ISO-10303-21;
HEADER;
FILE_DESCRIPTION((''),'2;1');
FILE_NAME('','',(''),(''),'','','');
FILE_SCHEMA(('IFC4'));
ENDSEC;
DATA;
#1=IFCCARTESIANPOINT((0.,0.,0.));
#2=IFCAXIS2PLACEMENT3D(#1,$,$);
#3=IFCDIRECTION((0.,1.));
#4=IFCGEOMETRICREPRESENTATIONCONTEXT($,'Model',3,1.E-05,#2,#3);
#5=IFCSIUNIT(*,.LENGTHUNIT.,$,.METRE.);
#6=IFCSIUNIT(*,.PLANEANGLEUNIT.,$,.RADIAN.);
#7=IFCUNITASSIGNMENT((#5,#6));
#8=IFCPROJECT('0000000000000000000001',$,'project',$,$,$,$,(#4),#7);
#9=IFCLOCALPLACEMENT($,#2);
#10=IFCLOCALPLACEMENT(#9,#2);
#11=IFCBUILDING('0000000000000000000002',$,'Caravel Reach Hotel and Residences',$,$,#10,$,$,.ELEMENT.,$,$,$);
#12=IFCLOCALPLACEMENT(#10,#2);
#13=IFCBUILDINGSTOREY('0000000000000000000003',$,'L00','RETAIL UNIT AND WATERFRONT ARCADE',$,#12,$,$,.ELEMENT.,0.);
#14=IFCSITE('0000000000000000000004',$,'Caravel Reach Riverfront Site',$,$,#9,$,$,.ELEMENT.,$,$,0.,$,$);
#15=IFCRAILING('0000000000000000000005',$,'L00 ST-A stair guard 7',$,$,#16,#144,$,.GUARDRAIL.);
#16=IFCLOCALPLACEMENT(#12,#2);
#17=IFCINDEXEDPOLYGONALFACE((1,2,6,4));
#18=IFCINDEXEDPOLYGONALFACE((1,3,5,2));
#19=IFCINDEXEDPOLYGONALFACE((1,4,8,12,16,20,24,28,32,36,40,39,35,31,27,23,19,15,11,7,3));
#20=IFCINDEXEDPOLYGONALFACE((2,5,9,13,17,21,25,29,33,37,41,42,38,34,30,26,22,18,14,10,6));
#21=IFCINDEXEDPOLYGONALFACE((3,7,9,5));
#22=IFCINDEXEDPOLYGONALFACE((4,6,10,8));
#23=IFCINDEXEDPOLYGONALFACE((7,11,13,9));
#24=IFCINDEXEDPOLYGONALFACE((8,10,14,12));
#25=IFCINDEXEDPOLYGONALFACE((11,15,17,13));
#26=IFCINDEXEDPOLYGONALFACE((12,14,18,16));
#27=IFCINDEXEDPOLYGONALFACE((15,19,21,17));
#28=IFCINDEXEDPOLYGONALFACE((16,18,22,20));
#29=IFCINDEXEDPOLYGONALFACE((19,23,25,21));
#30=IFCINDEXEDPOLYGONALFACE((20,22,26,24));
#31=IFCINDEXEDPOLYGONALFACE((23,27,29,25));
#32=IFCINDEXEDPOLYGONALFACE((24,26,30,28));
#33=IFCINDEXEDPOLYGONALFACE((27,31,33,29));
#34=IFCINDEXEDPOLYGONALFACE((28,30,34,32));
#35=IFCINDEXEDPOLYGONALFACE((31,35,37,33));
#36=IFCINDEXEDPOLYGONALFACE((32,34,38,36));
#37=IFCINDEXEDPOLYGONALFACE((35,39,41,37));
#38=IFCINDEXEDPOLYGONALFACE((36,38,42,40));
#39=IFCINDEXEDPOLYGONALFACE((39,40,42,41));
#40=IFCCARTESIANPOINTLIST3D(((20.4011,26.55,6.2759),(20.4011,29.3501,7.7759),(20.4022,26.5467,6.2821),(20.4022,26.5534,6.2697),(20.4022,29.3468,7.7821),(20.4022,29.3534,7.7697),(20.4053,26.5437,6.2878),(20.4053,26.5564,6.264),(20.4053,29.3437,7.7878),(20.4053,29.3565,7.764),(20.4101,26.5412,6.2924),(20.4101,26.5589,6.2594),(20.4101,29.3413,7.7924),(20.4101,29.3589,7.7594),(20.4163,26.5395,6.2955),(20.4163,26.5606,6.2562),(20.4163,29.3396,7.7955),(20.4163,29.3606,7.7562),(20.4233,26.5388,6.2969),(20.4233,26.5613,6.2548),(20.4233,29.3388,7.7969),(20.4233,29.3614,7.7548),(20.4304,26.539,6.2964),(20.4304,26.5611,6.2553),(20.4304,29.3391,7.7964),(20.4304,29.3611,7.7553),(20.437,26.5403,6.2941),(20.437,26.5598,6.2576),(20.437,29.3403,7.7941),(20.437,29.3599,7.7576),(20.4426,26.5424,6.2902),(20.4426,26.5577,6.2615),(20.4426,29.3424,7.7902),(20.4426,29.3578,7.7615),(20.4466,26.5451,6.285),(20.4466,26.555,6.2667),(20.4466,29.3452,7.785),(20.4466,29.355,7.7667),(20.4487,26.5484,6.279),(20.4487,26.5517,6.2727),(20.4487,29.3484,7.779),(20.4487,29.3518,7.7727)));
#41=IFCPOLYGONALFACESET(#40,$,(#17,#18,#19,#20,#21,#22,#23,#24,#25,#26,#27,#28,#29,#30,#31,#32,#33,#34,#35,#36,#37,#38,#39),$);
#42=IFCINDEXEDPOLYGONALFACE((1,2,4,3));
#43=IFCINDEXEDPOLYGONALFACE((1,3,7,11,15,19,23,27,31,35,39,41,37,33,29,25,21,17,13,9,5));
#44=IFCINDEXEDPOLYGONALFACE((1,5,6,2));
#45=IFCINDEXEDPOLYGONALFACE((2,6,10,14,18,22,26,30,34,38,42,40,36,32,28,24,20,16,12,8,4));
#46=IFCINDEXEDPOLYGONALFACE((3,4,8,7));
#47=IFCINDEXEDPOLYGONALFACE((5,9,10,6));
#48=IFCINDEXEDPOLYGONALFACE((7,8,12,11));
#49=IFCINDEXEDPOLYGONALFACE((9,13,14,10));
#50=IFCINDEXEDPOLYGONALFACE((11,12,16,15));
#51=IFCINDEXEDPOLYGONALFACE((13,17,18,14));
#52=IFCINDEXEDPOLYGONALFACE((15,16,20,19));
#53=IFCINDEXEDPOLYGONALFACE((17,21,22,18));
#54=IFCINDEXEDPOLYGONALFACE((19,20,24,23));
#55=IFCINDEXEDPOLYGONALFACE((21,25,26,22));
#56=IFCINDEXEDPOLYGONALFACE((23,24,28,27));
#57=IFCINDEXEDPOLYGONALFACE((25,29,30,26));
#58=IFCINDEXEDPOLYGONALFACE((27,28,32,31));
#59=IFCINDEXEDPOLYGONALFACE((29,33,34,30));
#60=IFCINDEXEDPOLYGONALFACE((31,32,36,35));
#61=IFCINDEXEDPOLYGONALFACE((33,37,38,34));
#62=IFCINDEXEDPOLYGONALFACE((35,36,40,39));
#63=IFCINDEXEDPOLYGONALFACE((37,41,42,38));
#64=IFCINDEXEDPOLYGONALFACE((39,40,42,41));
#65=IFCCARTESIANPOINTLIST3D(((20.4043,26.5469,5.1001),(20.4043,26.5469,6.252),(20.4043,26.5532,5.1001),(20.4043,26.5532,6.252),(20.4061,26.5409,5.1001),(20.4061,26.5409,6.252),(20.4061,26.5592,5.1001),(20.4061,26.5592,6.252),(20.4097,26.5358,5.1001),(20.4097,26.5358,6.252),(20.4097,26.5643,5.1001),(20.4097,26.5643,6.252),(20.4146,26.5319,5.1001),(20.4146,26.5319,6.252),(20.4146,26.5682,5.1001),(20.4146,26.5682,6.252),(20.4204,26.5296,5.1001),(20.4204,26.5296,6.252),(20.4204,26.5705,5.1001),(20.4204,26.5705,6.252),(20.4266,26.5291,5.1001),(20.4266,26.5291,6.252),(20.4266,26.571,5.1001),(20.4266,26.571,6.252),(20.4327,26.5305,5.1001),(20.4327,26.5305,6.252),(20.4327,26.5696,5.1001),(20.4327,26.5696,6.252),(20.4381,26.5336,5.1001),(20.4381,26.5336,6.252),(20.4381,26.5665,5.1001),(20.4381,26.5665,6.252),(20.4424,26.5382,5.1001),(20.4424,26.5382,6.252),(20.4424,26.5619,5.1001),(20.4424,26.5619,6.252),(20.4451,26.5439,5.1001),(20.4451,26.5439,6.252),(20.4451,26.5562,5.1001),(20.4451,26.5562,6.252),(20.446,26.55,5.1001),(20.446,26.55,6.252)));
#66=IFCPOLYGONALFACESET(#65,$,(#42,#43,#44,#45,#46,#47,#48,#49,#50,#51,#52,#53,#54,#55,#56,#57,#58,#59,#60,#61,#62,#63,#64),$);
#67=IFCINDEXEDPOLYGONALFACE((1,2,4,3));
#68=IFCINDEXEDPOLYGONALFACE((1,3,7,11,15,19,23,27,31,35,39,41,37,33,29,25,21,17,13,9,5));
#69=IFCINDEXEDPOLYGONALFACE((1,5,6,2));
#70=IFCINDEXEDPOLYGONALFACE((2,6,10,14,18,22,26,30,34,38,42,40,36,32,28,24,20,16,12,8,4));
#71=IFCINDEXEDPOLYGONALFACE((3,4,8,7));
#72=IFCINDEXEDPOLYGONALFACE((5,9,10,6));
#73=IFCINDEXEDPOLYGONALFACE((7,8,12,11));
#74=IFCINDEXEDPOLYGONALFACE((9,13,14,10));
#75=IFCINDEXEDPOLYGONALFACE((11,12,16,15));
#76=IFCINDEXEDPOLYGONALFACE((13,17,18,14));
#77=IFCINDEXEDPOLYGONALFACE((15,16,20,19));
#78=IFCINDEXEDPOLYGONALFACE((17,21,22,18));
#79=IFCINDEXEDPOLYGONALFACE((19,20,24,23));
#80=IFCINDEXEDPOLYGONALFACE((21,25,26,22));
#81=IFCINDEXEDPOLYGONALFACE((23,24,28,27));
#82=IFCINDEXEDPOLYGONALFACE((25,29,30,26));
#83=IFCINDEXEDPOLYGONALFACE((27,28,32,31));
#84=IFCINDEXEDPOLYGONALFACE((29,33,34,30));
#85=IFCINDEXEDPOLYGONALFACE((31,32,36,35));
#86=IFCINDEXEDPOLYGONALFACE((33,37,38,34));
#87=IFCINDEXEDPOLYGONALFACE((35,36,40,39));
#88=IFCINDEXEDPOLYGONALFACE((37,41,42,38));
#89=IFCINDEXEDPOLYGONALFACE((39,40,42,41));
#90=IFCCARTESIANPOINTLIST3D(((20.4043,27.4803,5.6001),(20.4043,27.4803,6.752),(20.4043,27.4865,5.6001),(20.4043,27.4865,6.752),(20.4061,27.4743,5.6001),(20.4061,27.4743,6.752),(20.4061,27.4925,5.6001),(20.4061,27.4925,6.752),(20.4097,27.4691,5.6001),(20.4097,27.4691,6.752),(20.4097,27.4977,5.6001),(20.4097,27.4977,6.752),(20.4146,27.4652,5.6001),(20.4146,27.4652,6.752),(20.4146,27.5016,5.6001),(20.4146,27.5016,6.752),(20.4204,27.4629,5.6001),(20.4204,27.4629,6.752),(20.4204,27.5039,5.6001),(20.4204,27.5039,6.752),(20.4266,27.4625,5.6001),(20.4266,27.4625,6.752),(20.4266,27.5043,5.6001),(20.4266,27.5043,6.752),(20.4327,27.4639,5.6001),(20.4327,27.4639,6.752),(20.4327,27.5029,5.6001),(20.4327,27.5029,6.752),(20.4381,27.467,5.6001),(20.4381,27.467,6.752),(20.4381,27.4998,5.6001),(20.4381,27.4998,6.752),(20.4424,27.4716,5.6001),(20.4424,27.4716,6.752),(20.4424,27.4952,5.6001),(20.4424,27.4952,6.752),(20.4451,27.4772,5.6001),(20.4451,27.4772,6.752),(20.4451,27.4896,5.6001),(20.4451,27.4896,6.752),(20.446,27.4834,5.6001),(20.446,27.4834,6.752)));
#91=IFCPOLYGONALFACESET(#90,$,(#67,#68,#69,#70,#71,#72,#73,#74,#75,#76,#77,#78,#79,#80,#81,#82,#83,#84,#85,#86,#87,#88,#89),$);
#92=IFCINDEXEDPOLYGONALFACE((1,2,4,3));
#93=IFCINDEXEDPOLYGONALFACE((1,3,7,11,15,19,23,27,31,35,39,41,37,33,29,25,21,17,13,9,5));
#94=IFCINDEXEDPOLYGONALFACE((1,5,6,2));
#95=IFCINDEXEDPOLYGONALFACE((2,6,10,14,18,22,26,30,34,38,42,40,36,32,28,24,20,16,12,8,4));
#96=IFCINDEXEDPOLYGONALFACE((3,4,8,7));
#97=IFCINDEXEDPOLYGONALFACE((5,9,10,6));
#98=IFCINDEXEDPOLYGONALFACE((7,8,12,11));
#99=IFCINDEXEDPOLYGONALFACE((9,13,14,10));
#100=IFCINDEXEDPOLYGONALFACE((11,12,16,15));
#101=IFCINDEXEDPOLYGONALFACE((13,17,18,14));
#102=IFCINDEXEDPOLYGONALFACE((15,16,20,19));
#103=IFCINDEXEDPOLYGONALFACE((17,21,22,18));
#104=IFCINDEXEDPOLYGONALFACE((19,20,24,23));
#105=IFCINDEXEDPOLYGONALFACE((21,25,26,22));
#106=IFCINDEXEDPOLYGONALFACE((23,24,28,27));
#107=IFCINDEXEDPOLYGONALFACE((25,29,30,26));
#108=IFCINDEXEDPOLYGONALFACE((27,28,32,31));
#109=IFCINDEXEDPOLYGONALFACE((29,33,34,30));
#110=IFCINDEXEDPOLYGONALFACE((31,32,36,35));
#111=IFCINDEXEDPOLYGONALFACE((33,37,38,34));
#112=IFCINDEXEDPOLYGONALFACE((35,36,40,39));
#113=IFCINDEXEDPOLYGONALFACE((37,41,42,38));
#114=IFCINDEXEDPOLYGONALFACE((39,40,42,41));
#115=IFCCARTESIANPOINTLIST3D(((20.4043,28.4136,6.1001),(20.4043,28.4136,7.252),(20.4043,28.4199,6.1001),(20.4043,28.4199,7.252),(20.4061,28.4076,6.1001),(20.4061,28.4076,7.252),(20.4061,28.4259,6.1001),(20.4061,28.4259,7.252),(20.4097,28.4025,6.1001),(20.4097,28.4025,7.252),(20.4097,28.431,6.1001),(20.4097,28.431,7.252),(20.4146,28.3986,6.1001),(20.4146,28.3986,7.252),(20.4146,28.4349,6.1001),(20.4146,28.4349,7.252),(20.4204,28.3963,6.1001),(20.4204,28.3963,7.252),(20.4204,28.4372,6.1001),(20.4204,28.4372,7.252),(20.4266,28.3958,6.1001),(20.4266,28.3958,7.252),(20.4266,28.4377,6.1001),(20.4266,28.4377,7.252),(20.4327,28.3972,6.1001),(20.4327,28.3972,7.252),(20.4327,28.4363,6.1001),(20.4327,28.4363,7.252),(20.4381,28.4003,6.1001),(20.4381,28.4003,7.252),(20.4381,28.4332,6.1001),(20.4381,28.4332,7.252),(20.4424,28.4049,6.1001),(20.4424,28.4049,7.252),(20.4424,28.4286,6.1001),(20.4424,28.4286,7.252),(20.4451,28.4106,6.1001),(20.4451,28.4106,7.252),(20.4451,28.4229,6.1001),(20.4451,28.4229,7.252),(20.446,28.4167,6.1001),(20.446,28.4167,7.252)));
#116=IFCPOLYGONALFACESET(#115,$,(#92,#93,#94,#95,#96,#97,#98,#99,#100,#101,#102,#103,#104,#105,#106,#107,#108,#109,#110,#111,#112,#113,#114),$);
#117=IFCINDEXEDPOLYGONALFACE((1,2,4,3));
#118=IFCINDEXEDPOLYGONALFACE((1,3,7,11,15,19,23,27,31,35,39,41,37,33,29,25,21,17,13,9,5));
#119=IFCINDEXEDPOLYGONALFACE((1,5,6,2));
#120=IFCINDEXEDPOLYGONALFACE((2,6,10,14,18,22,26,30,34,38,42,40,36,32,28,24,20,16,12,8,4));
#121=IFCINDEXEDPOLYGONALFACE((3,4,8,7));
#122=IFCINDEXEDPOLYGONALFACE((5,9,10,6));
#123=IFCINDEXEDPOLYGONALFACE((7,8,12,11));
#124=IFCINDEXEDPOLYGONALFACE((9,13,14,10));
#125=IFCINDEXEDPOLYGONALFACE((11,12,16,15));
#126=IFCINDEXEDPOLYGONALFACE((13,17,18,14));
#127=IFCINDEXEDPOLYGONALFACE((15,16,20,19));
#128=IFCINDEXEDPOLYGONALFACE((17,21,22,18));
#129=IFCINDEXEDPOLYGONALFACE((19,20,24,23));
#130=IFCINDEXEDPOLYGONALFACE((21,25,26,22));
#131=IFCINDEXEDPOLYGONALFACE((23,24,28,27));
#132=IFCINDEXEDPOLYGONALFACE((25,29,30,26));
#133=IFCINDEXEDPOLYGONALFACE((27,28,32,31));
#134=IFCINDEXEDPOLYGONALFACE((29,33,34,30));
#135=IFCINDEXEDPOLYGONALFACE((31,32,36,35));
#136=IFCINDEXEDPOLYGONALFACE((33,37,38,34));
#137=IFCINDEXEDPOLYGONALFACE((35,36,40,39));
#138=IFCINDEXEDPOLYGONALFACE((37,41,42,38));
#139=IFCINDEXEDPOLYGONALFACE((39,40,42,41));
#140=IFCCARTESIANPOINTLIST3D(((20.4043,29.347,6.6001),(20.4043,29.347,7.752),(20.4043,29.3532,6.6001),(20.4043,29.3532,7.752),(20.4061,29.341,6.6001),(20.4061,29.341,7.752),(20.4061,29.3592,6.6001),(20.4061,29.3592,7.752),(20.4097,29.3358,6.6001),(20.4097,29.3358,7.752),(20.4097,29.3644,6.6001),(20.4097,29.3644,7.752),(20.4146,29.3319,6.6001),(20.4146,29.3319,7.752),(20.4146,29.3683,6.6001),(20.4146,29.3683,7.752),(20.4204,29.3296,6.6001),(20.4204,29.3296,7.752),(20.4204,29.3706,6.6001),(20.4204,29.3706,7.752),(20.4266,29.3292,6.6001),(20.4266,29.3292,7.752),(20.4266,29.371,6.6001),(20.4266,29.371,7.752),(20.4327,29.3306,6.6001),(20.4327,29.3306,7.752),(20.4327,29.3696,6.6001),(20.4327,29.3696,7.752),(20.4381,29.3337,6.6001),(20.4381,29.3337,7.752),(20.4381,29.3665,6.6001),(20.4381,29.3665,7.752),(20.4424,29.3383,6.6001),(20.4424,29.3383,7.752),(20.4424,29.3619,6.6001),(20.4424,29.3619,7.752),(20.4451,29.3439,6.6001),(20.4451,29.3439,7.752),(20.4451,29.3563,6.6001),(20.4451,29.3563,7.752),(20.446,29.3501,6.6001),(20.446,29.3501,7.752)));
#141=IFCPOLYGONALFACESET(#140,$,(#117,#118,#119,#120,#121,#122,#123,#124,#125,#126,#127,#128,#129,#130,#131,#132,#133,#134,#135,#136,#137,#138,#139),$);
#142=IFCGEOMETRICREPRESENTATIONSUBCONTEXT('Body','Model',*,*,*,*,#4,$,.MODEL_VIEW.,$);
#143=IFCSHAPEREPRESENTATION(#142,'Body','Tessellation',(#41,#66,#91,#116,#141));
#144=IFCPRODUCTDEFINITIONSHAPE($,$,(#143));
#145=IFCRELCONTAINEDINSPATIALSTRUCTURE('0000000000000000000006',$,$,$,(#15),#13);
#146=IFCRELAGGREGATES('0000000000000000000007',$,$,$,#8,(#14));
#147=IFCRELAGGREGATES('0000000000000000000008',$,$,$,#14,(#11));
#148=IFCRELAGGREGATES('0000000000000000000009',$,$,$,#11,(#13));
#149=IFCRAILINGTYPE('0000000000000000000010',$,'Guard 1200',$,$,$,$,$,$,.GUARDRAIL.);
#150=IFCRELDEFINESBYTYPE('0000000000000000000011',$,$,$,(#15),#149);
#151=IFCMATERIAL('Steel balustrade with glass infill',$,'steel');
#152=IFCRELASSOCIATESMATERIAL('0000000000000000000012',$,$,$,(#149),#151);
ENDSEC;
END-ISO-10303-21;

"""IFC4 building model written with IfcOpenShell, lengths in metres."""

from ifc_helpers import new_model, si_unit, direction, frame, origin, origin_2d, place, context, subcontext, project, spatial, circle, extrude, material, type_object, element, save


model = new_model("IFC4")

# Units and contexts
model_context = context("Model", 3, precision=1e-05, world=origin(), true_north=direction((0.0, 1.0)))
body_context = subcontext(model_context, "Body", "Model", "MODEL_VIEW")
ifc_project = project(units=[si_unit("LENGTHUNIT", "METRE"), si_unit("PLANEANGLEUNIT", "RADIAN")], contexts=[model_context])

# Site, building, storey
site_placement = place(None, origin())
site = spatial("IfcSite", under=ifc_project, at=site_placement, Name="Caravel Reach Riverfront Site", CompositionType="ELEMENT", RefElevation=0.0)
building_placement = place(site_placement, origin())
building = spatial("IfcBuilding", under=site, at=building_placement, Name="Caravel Reach Hotel and Residences", CompositionType="ELEMENT")
storey_placement = place(building_placement, origin())
storey = spatial("IfcBuildingStorey", under=building, at=storey_placement, Name="L00", Description="RETAIL UNIT AND WATERFRONT ARCADE", CompositionType="ELEMENT", Elevation=0.0)

# Railing
ifc_material_1 = material(Name="Steel balustrade with glass infill", Category="steel")
railing_type_1 = type_object("IfcRailingType", Name="Guard 1200", PredefinedType="GUARDRAIL", material=ifc_material_1)
for number, where, name in (
    (1, (20.425, 26.55, 5.1001), "L00 ST-A stair guard 7"),
):
    element("IfcRailing", number, at=place(storey_placement, frame(where)), inside=storey, type_object=railing_type_1, Name=name, PredefinedType="GUARDRAIL", context=body_context, shape_type="SweptSolid", body=[
        extrude(circle(Radius=0.0239, at=origin_2d()), frame((0.0, 0.0, 1.1758), z_axis=(0.0, 0.881483, 0.472215), x_axis=(-1.0, 0.0, 0.0)), (0.0, 0.0, 1.0), 3.1765),
        extrude(circle(Radius=0.021, at=origin_2d()), origin(), (0.0, 0.0, 1.0), 1.1519),
        extrude(circle(Radius=0.021, at=origin_2d()), frame((0.0, 0.9333, 0.5)), (0.0, 0.0, 1.0), 1.1519),
        extrude(circle(Radius=0.021, at=origin_2d()), frame((0.0, 1.8667, 1.0)), (0.0, 0.0, 1.0), 1.1519),
        extrude(circle(Radius=0.021, at=origin_2d()), frame((0.0, 2.8, 1.5)), (0.0, 0.0, 1.0), 1.1519),
    ])

save(model, "model.ifc")
